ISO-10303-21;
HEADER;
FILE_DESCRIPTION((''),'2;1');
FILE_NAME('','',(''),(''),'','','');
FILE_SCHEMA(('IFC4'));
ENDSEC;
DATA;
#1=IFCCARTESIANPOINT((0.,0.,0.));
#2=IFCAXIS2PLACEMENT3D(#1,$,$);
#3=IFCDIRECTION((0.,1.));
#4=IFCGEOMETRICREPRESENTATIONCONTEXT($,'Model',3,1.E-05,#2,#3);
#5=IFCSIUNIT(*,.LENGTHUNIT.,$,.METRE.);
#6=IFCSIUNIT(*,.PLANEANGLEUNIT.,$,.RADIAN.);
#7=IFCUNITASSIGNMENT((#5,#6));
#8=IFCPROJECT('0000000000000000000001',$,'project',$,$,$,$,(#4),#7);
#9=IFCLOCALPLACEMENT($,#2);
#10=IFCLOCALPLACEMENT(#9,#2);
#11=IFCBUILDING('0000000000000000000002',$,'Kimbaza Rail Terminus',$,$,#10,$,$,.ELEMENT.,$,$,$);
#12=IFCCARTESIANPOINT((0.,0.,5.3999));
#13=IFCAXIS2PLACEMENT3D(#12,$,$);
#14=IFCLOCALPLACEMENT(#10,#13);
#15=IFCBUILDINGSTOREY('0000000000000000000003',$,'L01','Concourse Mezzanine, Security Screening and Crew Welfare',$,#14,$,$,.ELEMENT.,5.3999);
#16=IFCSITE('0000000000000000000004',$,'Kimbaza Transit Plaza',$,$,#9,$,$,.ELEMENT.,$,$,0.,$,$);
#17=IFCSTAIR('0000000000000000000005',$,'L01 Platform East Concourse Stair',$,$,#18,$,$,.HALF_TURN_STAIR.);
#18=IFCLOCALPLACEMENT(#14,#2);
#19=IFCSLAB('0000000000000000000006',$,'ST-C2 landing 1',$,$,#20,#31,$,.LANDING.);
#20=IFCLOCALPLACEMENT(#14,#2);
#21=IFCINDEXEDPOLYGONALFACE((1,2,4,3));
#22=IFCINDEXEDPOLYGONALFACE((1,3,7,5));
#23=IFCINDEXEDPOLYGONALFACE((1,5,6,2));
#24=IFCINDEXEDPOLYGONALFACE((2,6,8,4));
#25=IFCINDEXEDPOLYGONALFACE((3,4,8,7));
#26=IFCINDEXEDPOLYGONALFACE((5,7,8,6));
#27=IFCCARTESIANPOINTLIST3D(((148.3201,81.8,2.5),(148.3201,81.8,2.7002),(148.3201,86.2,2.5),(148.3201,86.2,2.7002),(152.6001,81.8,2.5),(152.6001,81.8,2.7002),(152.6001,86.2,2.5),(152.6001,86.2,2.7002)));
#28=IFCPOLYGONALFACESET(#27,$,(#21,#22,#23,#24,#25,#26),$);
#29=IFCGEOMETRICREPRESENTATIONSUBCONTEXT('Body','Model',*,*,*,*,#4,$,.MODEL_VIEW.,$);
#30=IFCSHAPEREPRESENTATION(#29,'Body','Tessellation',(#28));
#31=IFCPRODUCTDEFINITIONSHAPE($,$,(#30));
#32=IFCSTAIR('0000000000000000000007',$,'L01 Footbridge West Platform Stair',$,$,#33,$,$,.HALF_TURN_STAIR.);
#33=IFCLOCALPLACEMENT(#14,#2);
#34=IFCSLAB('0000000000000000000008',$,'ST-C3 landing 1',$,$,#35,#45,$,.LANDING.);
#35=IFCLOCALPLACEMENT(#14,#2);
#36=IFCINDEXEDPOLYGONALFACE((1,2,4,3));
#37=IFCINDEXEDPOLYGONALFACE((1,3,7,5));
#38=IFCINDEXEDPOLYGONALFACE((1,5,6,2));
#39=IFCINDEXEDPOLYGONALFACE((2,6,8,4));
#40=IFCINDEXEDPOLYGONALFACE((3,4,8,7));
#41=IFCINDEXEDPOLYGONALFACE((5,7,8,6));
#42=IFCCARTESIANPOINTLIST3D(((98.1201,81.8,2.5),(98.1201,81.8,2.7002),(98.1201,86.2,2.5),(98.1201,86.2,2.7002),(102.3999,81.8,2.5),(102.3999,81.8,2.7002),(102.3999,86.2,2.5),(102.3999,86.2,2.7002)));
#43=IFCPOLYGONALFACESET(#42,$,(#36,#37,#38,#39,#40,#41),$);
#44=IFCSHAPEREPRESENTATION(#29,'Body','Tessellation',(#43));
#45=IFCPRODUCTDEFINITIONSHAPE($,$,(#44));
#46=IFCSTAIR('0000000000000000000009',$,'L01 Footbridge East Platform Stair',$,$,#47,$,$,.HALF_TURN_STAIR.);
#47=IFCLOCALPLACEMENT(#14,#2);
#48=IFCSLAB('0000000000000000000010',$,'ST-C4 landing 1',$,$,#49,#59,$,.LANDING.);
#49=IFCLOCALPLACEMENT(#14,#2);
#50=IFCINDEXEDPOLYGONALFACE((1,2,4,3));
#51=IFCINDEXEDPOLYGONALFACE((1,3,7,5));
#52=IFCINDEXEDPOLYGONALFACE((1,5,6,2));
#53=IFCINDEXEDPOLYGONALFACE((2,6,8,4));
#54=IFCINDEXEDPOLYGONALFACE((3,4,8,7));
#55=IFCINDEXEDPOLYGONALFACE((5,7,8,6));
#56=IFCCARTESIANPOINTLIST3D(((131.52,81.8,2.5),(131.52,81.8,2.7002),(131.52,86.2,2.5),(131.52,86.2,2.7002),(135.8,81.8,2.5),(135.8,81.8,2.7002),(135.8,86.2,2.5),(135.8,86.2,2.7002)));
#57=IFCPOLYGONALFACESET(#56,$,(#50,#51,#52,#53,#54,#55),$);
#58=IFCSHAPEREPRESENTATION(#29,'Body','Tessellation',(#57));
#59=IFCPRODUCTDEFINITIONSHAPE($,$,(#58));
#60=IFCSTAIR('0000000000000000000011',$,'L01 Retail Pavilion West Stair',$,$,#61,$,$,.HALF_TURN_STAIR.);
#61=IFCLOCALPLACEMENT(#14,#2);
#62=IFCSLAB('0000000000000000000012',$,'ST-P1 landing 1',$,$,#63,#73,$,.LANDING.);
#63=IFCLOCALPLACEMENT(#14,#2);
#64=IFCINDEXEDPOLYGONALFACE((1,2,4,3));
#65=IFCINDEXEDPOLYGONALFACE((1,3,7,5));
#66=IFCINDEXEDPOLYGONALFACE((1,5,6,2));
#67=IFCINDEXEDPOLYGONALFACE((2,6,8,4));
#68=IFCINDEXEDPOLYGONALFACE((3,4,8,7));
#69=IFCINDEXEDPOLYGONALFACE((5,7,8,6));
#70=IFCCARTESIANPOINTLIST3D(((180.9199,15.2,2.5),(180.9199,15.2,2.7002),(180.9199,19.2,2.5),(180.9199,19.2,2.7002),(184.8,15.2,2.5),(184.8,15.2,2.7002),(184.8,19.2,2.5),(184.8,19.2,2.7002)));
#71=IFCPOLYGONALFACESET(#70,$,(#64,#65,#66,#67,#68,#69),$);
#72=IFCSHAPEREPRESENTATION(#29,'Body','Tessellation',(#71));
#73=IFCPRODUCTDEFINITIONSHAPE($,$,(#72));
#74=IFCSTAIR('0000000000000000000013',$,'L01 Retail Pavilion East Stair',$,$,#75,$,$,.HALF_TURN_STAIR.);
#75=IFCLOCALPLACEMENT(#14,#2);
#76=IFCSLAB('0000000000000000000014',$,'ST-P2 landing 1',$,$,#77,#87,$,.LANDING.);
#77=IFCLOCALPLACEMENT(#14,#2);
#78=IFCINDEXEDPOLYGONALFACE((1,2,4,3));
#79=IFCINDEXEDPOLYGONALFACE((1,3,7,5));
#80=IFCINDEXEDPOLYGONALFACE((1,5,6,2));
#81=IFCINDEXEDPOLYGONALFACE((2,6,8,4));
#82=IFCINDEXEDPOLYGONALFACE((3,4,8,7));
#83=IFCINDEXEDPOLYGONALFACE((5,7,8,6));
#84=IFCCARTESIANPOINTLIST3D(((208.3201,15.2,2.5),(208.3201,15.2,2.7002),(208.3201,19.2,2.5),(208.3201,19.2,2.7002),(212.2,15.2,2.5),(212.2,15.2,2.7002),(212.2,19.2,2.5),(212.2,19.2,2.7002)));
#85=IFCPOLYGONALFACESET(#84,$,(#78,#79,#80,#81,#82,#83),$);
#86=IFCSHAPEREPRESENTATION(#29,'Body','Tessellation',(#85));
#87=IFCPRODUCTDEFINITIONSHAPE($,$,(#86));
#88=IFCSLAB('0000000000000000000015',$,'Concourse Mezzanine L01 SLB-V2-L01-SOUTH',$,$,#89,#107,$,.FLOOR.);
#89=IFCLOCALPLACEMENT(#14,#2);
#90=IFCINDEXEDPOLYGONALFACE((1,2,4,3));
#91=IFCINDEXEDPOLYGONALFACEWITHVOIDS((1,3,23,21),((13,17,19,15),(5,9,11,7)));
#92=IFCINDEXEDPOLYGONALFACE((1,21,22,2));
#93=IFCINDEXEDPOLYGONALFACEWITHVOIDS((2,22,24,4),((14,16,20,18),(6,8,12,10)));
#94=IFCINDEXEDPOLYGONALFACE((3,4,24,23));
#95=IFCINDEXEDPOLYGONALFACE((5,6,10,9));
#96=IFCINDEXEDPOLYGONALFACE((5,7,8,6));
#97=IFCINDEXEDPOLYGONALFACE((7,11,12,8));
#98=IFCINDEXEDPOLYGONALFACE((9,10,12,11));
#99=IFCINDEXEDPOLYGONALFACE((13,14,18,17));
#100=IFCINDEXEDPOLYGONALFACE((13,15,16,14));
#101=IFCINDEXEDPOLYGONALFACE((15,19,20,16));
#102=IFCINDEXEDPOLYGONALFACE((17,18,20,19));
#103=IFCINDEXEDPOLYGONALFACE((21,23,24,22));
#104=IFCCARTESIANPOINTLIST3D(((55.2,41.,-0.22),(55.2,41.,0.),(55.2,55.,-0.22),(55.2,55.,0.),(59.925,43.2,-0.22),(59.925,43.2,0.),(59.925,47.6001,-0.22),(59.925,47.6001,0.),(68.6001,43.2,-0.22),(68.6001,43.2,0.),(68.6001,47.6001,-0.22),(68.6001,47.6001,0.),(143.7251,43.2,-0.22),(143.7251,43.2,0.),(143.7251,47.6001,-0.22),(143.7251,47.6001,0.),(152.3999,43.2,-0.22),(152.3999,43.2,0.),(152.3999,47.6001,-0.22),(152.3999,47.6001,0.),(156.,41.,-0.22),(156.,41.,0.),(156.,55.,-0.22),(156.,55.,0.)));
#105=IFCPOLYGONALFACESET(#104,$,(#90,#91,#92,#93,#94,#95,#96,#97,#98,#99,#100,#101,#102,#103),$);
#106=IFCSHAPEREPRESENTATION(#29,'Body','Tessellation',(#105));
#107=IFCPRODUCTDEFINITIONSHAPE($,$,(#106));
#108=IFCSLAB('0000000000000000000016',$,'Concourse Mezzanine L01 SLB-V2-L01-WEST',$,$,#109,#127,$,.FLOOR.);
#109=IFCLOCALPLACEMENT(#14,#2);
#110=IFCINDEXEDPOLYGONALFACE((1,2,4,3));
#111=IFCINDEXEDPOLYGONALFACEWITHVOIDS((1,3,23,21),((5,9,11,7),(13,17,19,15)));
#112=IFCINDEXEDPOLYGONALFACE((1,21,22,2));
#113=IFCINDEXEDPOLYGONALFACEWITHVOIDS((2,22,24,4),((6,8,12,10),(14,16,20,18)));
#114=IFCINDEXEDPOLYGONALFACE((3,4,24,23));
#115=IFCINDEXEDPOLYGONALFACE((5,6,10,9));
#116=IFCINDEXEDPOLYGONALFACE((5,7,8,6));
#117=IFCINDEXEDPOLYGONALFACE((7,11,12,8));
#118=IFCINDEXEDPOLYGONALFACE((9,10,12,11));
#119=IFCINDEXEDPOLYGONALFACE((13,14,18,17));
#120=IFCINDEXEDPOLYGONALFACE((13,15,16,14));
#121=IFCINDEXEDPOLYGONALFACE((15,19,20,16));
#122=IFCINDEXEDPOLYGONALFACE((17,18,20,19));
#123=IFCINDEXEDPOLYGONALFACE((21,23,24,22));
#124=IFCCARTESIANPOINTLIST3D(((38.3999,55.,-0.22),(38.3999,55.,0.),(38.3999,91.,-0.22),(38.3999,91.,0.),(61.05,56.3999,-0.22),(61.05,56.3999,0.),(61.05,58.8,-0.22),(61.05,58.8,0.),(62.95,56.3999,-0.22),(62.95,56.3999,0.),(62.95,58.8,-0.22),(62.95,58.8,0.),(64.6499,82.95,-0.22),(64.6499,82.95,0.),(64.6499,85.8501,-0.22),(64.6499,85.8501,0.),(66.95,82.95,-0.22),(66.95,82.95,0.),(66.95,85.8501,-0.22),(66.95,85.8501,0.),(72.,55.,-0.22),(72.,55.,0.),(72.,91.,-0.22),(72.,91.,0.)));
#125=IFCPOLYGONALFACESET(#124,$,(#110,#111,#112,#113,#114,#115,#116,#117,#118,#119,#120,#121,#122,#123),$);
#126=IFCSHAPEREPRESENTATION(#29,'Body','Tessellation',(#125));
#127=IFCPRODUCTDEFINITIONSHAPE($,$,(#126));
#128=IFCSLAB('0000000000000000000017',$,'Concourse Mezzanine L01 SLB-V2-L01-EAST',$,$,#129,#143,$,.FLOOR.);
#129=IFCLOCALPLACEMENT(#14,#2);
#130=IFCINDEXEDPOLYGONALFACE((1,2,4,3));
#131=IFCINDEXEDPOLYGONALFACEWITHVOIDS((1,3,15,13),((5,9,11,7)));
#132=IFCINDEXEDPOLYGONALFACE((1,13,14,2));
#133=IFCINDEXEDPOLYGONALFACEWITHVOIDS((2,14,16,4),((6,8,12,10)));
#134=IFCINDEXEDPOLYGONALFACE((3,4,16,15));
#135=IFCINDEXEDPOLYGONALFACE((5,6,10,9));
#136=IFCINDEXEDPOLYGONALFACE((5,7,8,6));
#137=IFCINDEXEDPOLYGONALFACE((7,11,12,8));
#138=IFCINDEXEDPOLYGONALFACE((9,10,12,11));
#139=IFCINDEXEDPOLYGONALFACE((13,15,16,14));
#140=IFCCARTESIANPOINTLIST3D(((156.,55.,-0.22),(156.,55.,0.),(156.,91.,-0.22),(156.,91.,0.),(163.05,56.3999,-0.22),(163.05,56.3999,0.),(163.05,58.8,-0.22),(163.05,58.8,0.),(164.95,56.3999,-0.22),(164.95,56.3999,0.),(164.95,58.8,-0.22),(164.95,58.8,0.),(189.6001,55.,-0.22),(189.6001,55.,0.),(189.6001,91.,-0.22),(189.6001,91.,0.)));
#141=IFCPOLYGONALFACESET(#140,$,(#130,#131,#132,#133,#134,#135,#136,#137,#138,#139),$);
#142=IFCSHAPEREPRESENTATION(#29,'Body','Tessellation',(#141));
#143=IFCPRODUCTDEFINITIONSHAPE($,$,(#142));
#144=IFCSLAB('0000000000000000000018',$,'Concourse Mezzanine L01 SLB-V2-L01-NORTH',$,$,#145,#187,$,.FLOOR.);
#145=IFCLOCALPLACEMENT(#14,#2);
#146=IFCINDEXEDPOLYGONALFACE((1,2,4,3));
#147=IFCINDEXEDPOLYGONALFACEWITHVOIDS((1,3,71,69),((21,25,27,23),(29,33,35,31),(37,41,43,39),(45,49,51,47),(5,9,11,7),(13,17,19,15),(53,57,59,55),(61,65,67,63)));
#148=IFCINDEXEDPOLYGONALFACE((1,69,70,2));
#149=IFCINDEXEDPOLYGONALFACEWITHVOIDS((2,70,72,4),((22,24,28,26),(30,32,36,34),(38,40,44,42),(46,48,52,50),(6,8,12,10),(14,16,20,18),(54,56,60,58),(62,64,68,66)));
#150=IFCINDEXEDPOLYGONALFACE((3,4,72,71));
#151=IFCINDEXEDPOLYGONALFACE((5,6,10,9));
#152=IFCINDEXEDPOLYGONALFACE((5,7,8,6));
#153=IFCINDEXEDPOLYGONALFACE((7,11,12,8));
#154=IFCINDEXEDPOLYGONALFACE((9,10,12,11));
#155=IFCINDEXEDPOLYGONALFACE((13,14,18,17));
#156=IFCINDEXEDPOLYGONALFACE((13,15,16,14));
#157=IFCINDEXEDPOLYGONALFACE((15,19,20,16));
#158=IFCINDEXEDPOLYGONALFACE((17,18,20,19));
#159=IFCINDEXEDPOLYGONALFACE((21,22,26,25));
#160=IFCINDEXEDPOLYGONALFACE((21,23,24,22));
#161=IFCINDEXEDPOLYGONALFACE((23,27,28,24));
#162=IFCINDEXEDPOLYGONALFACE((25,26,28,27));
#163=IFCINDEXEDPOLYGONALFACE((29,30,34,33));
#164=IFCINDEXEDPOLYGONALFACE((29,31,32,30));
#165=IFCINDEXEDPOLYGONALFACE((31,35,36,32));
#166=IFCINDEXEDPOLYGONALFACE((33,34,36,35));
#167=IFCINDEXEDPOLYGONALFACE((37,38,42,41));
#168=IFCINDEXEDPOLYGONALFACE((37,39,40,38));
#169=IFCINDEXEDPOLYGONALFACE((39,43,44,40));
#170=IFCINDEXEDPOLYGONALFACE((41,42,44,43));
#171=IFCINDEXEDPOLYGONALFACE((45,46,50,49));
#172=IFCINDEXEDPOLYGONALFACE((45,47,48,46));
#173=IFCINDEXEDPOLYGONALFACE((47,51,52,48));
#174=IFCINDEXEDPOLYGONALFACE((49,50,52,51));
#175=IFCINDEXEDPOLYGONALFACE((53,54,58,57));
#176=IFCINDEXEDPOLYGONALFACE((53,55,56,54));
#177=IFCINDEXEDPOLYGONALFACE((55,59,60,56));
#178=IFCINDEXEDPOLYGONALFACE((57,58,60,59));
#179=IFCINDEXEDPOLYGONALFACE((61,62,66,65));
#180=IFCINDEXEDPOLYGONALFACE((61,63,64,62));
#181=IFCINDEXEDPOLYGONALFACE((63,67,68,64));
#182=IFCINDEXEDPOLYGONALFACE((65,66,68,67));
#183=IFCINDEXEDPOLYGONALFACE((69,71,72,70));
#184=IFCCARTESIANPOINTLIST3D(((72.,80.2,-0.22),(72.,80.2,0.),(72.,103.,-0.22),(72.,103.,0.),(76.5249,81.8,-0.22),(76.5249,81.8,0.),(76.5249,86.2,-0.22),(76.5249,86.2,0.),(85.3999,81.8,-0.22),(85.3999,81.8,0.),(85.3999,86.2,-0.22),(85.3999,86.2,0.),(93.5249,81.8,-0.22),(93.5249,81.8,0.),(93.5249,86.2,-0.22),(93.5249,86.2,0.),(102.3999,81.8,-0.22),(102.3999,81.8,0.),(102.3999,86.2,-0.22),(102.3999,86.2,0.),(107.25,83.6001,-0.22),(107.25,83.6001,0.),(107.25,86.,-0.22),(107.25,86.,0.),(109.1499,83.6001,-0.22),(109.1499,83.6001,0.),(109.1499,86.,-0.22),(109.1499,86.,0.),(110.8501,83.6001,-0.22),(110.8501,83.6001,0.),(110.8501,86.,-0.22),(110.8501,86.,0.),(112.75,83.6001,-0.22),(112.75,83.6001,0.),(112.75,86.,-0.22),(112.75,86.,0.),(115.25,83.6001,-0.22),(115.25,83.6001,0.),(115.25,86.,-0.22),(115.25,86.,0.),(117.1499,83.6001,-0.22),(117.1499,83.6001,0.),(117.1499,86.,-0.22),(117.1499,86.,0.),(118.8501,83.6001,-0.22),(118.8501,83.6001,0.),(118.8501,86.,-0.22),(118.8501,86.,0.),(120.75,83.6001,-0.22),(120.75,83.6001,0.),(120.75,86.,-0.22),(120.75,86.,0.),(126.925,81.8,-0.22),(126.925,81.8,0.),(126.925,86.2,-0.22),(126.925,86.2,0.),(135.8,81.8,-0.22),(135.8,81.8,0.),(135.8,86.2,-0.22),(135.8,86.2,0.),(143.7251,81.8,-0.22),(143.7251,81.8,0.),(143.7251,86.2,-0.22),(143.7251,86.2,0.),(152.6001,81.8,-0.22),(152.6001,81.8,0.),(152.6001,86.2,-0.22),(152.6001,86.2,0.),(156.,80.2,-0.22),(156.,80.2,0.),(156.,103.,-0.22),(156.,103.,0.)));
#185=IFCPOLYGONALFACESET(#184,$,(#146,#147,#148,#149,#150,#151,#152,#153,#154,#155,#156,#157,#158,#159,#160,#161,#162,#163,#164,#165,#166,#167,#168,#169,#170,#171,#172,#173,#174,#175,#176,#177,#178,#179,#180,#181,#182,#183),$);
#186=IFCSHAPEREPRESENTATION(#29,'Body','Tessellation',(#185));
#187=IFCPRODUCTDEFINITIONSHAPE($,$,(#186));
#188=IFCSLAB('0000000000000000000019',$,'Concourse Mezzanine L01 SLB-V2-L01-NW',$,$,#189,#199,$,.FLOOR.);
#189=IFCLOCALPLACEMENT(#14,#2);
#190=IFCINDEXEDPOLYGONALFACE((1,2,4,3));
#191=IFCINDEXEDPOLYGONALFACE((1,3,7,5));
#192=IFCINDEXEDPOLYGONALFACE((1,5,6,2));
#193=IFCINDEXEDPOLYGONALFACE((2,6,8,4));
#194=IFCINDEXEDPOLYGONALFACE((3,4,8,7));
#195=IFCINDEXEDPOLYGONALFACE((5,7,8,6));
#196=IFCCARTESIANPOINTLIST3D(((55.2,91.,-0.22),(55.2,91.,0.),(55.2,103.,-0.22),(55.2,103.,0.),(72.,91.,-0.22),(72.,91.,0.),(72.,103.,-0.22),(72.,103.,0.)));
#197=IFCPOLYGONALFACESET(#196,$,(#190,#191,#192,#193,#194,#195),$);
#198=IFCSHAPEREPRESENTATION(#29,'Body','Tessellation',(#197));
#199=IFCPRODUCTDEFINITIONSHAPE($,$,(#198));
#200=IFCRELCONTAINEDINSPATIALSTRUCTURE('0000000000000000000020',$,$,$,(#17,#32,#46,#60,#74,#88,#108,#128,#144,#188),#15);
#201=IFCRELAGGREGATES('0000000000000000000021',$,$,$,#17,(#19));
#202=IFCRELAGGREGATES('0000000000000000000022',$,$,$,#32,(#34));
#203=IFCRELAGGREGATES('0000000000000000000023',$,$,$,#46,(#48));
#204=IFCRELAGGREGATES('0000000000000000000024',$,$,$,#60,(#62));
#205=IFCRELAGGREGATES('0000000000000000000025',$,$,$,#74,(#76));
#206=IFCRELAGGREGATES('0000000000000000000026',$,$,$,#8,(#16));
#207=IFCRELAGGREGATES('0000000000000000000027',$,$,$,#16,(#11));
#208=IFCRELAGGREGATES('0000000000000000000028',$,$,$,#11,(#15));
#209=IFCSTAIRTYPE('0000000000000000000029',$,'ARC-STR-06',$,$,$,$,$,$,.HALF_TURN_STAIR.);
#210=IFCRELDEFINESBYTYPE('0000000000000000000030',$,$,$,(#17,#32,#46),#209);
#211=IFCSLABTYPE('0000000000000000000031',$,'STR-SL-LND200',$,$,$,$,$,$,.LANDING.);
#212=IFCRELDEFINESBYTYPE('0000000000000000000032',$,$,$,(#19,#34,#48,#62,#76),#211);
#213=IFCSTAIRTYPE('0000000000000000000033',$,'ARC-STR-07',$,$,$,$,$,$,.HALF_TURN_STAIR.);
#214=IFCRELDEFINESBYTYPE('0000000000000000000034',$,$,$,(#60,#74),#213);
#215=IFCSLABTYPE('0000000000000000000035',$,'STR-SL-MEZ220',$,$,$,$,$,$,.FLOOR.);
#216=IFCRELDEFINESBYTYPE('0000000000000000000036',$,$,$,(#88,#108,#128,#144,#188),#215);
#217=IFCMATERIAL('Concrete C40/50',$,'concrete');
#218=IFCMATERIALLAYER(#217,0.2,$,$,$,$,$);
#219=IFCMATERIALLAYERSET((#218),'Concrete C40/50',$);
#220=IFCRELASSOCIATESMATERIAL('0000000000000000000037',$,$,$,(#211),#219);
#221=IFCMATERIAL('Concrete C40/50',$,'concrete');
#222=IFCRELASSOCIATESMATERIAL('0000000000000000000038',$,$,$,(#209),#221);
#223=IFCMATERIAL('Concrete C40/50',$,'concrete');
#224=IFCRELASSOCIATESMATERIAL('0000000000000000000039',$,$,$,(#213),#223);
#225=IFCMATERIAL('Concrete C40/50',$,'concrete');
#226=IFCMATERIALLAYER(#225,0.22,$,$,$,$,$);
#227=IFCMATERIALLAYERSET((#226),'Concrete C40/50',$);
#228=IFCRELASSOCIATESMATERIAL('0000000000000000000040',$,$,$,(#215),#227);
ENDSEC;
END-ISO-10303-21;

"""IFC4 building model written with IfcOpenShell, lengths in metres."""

from ifc_helpers import new_model, si_unit, direction, frame, origin, place, context, subcontext, project, spatial, polyline, outline, extrude, material, layer, layer_set, type_object, element, aggregate, save


model = new_model("IFC4")

# Units and contexts
model_context = context("Model", 3, precision=1e-05, world=origin(), true_north=direction((0.0, 1.0)))
body_context = subcontext(model_context, "Body", "Model", "MODEL_VIEW")
ifc_project = project(units=[si_unit("LENGTHUNIT", "METRE"), si_unit("PLANEANGLEUNIT", "RADIAN")], contexts=[model_context])

# Site, building, storey
site_placement = place(None, origin())
site = spatial("IfcSite", under=ifc_project, at=site_placement, Name="Kimbaza Transit Plaza", CompositionType="ELEMENT", RefElevation=0.0)
building_placement = place(site_placement, origin())
building = spatial("IfcBuilding", under=site, at=building_placement, Name="Kimbaza Rail Terminus", CompositionType="ELEMENT")
storey_placement = place(building_placement, frame((0.0, 0.0, 5.3999)))
storey = spatial("IfcBuildingStorey", under=building, at=storey_placement, Name="L01", Description="Concourse Mezzanine, Security Screening and Crew Welfare", CompositionType="ELEMENT", Elevation=5.3999)

# Stairs, slabs
ifc_material_1 = material(Name="Concrete C40/50", Category="concrete")
ifc_layer_1 = layer(ifc_material_1, 0.2)
ifc_layer_set_1 = layer_set([ifc_layer_1], Name="Concrete C40/50")
slab_type_1 = type_object("IfcSlabType", Name="STR-SL-LND200", PredefinedType="LANDING", material=ifc_layer_set_1)
ifc_material_2 = material(Name="Concrete C40/50", Category="concrete")
stair_type_1 = type_object("IfcStairType", Name="ARC-STR-06", PredefinedType="HALF_TURN_STAIR", material=ifc_material_2)
stair_1_placement = place(storey_placement, origin())
stair_1 = element("IfcStair", 1, at=stair_1_placement, inside=storey, type_object=stair_type_1, Name="L01 Platform East Concourse Stair", PredefinedType="HALF_TURN_STAIR")
slab_1_placement = place(storey_placement, frame((0.0, 0.0, 2.5)))
slab_1 = element("IfcSlab", 2, at=slab_1_placement, type_object=slab_type_1, Name="ST-C2 landing 1", PredefinedType="LANDING", context=body_context, shape_type="SweptSolid", body=[
    extrude(outline(polyline([(148.3201, 81.8), (152.6001, 81.8), (152.6001, 86.2), (148.3201, 86.2), (148.3201, 81.8)])), origin(), (0.0, 0.0, 1.0), 0.2002),
])
aggregate(stair_1, [slab_1])
stair_2_placement = place(storey_placement, origin())
stair_2 = element("IfcStair", 3, at=stair_2_placement, inside=storey, type_object=stair_type_1, Name="L01 Footbridge West Platform Stair", PredefinedType="HALF_TURN_STAIR")
slab_2_placement = place(storey_placement, frame((0.0, 0.0, 2.5)))
slab_2 = element("IfcSlab", 4, at=slab_2_placement, type_object=slab_type_1, Name="ST-C3 landing 1", PredefinedType="LANDING", context=body_context, shape_type="SweptSolid", body=[
    extrude(outline(polyline([(98.1201, 81.8), (102.3999, 81.8), (102.3999, 86.2), (98.1201, 86.2), (98.1201, 81.8)])), origin(), (0.0, 0.0, 1.0), 0.2002),
])
aggregate(stair_2, [slab_2])
stair_3_placement = place(storey_placement, origin())
stair_3 = element("IfcStair", 5, at=stair_3_placement, inside=storey, type_object=stair_type_1, Name="L01 Footbridge East Platform Stair", PredefinedType="HALF_TURN_STAIR")
slab_3_placement = place(storey_placement, frame((0.0, 0.0, 2.5)))
slab_3 = element("IfcSlab", 6, at=slab_3_placement, type_object=slab_type_1, Name="ST-C4 landing 1", PredefinedType="LANDING", context=body_context, shape_type="SweptSolid", body=[
    extrude(outline(polyline([(131.52, 81.8), (135.8, 81.8), (135.8, 86.2), (131.52, 86.2), (131.52, 81.8)])), origin(), (0.0, 0.0, 1.0), 0.2002),
])
aggregate(stair_3, [slab_3])
ifc_material_3 = material(Name="Concrete C40/50", Category="concrete")
stair_type_2 = type_object("IfcStairType", Name="ARC-STR-07", PredefinedType="HALF_TURN_STAIR", material=ifc_material_3)
stair_4_placement = place(storey_placement, origin())
stair_4 = element("IfcStair", 7, at=stair_4_placement, inside=storey, type_object=stair_type_2, Name="L01 Retail Pavilion West Stair", PredefinedType="HALF_TURN_STAIR")
slab_4_placement = place(storey_placement, frame((0.0, 0.0, 2.5)))
slab_4 = element("IfcSlab", 8, at=slab_4_placement, type_object=slab_type_1, Name="ST-P1 landing 1", PredefinedType="LANDING", context=body_context, shape_type="SweptSolid", body=[
    extrude(outline(polyline([(180.9199, 15.2), (184.8, 15.2), (184.8, 19.2), (180.9199, 19.2), (180.9199, 15.2)])), origin(), (0.0, 0.0, 1.0), 0.2002),
])
aggregate(stair_4, [slab_4])
stair_5_placement = place(storey_placement, origin())
stair_5 = element("IfcStair", 9, at=stair_5_placement, inside=storey, type_object=stair_type_2, Name="L01 Retail Pavilion East Stair", PredefinedType="HALF_TURN_STAIR")
slab_5_placement = place(storey_placement, frame((0.0, 0.0, 2.5)))
slab_5 = element("IfcSlab", 10, at=slab_5_placement, type_object=slab_type_1, Name="ST-P2 landing 1", PredefinedType="LANDING", context=body_context, shape_type="SweptSolid", body=[
    extrude(outline(polyline([(208.3201, 15.2), (212.2, 15.2), (212.2, 19.2), (208.3201, 19.2), (208.3201, 15.2)])), origin(), (0.0, 0.0, 1.0), 0.2002),
])
aggregate(stair_5, [slab_5])

# Slabs
ifc_material_4 = material(Name="Concrete C40/50", Category="concrete")
ifc_layer_2 = layer(ifc_material_4, 0.22)
ifc_layer_set_2 = layer_set([ifc_layer_2], Name="Concrete C40/50")
slab_type_2 = type_object("IfcSlabType", Name="STR-SL-MEZ220", PredefinedType="FLOOR", material=ifc_layer_set_2)
slab_6_placement = place(storey_placement, frame((0.0, 0.0, -0.22)))
element("IfcSlab", 11, at=slab_6_placement, inside=storey, type_object=slab_type_2, Name="Concourse Mezzanine L01 SLB-V2-L01-SOUTH", PredefinedType="FLOOR", context=body_context, shape_type="SweptSolid", body=[
    extrude(outline(polyline([(55.2, 41.0), (156.0, 41.0), (156.0, 55.0), (55.2, 55.0), (55.2, 41.0)]), holes=[polyline([(59.925, 43.2), (68.6001, 43.2), (68.6001, 47.6001), (59.925, 47.6001), (59.925, 43.2)]), polyline([(143.7251, 43.2), (152.3999, 43.2), (152.3999, 47.6001), (143.7251, 47.6001), (143.7251, 43.2)])]), origin(), (0.0, 0.0, 1.0), 0.22),
])
slab_7_placement = place(storey_placement, frame((0.0, 0.0, -0.22)))
element("IfcSlab", 12, at=slab_7_placement, inside=storey, type_object=slab_type_2, Name="Concourse Mezzanine L01 SLB-V2-L01-WEST", PredefinedType="FLOOR", context=body_context, shape_type="SweptSolid", body=[
    extrude(outline(polyline([(38.3999, 55.0), (72.0, 55.0), (72.0, 91.0), (38.3999, 91.0), (38.3999, 55.0)]), holes=[polyline([(61.05, 56.3999), (62.95, 56.3999), (62.95, 58.8), (61.05, 58.8), (61.05, 56.3999)]), polyline([(64.6499, 82.95), (66.95, 82.95), (66.95, 85.8501), (64.6499, 85.8501), (64.6499, 82.95)])]), origin(), (0.0, 0.0, 1.0), 0.22),
])
slab_8_placement = place(storey_placement, frame((0.0, 0.0, -0.22)))
element("IfcSlab", 13, at=slab_8_placement, inside=storey, type_object=slab_type_2, Name="Concourse Mezzanine L01 SLB-V2-L01-EAST", PredefinedType="FLOOR", context=body_context, shape_type="SweptSolid", body=[
    extrude(outline(polyline([(156.0, 55.0), (189.6001, 55.0), (189.6001, 91.0), (156.0, 91.0), (156.0, 55.0)]), holes=[polyline([(163.05, 56.3999), (164.95, 56.3999), (164.95, 58.8), (163.05, 58.8), (163.05, 56.3999)])]), origin(), (0.0, 0.0, 1.0), 0.22),
])
slab_9_placement = place(storey_placement, frame((0.0, 0.0, -0.22)))
element("IfcSlab", 14, at=slab_9_placement, inside=storey, type_object=slab_type_2, Name="Concourse Mezzanine L01 SLB-V2-L01-NORTH", PredefinedType="FLOOR", context=body_context, shape_type="SweptSolid", body=[
    extrude(outline(polyline([(72.0, 80.2), (156.0, 80.2), (156.0, 103.0), (72.0, 103.0), (72.0, 80.2)]), holes=[polyline([(76.5249, 81.8), (85.3999, 81.8), (85.3999, 86.2), (76.5249, 86.2), (76.5249, 81.8)]), polyline([(143.7251, 81.8), (152.6001, 81.8), (152.6001, 86.2), (143.7251, 86.2), (143.7251, 81.8)]), polyline([(93.5249, 81.8), (102.3999, 81.8), (102.3999, 86.2), (93.5249, 86.2), (93.5249, 81.8)]), polyline([(126.925, 81.8), (135.8, 81.8), (135.8, 86.2), (126.925, 86.2), (126.925, 81.8)]), polyline([(107.25, 83.6001), (109.1499, 83.6001), (109.1499, 86.0), (107.25, 86.0), (107.25, 83.6001)]), polyline([(110.8501, 83.6001), (112.75, 83.6001), (112.75, 86.0), (110.8501, 86.0), (110.8501, 83.6001)]), polyline([(115.25, 83.6001), (117.1499, 83.6001), (117.1499, 86.0), (115.25, 86.0), (115.25, 83.6001)]), polyline([(118.8501, 83.6001), (120.75, 83.6001), (120.75, 86.0), (118.8501, 86.0), (118.8501, 83.6001)])]), origin(), (0.0, 0.0, 1.0), 0.22),
])
slab_10_placement = place(storey_placement, frame((0.0, 0.0, -0.22)))
element("IfcSlab", 15, at=slab_10_placement, inside=storey, type_object=slab_type_2, Name="Concourse Mezzanine L01 SLB-V2-L01-NW", PredefinedType="FLOOR", context=body_context, shape_type="SweptSolid", body=[
    extrude(outline(polyline([(55.2, 91.0), (72.0, 91.0), (72.0, 103.0), (55.2, 103.0), (55.2, 91.0)])), origin(), (0.0, 0.0, 1.0), 0.22),
])

save(model, "model.ifc")
